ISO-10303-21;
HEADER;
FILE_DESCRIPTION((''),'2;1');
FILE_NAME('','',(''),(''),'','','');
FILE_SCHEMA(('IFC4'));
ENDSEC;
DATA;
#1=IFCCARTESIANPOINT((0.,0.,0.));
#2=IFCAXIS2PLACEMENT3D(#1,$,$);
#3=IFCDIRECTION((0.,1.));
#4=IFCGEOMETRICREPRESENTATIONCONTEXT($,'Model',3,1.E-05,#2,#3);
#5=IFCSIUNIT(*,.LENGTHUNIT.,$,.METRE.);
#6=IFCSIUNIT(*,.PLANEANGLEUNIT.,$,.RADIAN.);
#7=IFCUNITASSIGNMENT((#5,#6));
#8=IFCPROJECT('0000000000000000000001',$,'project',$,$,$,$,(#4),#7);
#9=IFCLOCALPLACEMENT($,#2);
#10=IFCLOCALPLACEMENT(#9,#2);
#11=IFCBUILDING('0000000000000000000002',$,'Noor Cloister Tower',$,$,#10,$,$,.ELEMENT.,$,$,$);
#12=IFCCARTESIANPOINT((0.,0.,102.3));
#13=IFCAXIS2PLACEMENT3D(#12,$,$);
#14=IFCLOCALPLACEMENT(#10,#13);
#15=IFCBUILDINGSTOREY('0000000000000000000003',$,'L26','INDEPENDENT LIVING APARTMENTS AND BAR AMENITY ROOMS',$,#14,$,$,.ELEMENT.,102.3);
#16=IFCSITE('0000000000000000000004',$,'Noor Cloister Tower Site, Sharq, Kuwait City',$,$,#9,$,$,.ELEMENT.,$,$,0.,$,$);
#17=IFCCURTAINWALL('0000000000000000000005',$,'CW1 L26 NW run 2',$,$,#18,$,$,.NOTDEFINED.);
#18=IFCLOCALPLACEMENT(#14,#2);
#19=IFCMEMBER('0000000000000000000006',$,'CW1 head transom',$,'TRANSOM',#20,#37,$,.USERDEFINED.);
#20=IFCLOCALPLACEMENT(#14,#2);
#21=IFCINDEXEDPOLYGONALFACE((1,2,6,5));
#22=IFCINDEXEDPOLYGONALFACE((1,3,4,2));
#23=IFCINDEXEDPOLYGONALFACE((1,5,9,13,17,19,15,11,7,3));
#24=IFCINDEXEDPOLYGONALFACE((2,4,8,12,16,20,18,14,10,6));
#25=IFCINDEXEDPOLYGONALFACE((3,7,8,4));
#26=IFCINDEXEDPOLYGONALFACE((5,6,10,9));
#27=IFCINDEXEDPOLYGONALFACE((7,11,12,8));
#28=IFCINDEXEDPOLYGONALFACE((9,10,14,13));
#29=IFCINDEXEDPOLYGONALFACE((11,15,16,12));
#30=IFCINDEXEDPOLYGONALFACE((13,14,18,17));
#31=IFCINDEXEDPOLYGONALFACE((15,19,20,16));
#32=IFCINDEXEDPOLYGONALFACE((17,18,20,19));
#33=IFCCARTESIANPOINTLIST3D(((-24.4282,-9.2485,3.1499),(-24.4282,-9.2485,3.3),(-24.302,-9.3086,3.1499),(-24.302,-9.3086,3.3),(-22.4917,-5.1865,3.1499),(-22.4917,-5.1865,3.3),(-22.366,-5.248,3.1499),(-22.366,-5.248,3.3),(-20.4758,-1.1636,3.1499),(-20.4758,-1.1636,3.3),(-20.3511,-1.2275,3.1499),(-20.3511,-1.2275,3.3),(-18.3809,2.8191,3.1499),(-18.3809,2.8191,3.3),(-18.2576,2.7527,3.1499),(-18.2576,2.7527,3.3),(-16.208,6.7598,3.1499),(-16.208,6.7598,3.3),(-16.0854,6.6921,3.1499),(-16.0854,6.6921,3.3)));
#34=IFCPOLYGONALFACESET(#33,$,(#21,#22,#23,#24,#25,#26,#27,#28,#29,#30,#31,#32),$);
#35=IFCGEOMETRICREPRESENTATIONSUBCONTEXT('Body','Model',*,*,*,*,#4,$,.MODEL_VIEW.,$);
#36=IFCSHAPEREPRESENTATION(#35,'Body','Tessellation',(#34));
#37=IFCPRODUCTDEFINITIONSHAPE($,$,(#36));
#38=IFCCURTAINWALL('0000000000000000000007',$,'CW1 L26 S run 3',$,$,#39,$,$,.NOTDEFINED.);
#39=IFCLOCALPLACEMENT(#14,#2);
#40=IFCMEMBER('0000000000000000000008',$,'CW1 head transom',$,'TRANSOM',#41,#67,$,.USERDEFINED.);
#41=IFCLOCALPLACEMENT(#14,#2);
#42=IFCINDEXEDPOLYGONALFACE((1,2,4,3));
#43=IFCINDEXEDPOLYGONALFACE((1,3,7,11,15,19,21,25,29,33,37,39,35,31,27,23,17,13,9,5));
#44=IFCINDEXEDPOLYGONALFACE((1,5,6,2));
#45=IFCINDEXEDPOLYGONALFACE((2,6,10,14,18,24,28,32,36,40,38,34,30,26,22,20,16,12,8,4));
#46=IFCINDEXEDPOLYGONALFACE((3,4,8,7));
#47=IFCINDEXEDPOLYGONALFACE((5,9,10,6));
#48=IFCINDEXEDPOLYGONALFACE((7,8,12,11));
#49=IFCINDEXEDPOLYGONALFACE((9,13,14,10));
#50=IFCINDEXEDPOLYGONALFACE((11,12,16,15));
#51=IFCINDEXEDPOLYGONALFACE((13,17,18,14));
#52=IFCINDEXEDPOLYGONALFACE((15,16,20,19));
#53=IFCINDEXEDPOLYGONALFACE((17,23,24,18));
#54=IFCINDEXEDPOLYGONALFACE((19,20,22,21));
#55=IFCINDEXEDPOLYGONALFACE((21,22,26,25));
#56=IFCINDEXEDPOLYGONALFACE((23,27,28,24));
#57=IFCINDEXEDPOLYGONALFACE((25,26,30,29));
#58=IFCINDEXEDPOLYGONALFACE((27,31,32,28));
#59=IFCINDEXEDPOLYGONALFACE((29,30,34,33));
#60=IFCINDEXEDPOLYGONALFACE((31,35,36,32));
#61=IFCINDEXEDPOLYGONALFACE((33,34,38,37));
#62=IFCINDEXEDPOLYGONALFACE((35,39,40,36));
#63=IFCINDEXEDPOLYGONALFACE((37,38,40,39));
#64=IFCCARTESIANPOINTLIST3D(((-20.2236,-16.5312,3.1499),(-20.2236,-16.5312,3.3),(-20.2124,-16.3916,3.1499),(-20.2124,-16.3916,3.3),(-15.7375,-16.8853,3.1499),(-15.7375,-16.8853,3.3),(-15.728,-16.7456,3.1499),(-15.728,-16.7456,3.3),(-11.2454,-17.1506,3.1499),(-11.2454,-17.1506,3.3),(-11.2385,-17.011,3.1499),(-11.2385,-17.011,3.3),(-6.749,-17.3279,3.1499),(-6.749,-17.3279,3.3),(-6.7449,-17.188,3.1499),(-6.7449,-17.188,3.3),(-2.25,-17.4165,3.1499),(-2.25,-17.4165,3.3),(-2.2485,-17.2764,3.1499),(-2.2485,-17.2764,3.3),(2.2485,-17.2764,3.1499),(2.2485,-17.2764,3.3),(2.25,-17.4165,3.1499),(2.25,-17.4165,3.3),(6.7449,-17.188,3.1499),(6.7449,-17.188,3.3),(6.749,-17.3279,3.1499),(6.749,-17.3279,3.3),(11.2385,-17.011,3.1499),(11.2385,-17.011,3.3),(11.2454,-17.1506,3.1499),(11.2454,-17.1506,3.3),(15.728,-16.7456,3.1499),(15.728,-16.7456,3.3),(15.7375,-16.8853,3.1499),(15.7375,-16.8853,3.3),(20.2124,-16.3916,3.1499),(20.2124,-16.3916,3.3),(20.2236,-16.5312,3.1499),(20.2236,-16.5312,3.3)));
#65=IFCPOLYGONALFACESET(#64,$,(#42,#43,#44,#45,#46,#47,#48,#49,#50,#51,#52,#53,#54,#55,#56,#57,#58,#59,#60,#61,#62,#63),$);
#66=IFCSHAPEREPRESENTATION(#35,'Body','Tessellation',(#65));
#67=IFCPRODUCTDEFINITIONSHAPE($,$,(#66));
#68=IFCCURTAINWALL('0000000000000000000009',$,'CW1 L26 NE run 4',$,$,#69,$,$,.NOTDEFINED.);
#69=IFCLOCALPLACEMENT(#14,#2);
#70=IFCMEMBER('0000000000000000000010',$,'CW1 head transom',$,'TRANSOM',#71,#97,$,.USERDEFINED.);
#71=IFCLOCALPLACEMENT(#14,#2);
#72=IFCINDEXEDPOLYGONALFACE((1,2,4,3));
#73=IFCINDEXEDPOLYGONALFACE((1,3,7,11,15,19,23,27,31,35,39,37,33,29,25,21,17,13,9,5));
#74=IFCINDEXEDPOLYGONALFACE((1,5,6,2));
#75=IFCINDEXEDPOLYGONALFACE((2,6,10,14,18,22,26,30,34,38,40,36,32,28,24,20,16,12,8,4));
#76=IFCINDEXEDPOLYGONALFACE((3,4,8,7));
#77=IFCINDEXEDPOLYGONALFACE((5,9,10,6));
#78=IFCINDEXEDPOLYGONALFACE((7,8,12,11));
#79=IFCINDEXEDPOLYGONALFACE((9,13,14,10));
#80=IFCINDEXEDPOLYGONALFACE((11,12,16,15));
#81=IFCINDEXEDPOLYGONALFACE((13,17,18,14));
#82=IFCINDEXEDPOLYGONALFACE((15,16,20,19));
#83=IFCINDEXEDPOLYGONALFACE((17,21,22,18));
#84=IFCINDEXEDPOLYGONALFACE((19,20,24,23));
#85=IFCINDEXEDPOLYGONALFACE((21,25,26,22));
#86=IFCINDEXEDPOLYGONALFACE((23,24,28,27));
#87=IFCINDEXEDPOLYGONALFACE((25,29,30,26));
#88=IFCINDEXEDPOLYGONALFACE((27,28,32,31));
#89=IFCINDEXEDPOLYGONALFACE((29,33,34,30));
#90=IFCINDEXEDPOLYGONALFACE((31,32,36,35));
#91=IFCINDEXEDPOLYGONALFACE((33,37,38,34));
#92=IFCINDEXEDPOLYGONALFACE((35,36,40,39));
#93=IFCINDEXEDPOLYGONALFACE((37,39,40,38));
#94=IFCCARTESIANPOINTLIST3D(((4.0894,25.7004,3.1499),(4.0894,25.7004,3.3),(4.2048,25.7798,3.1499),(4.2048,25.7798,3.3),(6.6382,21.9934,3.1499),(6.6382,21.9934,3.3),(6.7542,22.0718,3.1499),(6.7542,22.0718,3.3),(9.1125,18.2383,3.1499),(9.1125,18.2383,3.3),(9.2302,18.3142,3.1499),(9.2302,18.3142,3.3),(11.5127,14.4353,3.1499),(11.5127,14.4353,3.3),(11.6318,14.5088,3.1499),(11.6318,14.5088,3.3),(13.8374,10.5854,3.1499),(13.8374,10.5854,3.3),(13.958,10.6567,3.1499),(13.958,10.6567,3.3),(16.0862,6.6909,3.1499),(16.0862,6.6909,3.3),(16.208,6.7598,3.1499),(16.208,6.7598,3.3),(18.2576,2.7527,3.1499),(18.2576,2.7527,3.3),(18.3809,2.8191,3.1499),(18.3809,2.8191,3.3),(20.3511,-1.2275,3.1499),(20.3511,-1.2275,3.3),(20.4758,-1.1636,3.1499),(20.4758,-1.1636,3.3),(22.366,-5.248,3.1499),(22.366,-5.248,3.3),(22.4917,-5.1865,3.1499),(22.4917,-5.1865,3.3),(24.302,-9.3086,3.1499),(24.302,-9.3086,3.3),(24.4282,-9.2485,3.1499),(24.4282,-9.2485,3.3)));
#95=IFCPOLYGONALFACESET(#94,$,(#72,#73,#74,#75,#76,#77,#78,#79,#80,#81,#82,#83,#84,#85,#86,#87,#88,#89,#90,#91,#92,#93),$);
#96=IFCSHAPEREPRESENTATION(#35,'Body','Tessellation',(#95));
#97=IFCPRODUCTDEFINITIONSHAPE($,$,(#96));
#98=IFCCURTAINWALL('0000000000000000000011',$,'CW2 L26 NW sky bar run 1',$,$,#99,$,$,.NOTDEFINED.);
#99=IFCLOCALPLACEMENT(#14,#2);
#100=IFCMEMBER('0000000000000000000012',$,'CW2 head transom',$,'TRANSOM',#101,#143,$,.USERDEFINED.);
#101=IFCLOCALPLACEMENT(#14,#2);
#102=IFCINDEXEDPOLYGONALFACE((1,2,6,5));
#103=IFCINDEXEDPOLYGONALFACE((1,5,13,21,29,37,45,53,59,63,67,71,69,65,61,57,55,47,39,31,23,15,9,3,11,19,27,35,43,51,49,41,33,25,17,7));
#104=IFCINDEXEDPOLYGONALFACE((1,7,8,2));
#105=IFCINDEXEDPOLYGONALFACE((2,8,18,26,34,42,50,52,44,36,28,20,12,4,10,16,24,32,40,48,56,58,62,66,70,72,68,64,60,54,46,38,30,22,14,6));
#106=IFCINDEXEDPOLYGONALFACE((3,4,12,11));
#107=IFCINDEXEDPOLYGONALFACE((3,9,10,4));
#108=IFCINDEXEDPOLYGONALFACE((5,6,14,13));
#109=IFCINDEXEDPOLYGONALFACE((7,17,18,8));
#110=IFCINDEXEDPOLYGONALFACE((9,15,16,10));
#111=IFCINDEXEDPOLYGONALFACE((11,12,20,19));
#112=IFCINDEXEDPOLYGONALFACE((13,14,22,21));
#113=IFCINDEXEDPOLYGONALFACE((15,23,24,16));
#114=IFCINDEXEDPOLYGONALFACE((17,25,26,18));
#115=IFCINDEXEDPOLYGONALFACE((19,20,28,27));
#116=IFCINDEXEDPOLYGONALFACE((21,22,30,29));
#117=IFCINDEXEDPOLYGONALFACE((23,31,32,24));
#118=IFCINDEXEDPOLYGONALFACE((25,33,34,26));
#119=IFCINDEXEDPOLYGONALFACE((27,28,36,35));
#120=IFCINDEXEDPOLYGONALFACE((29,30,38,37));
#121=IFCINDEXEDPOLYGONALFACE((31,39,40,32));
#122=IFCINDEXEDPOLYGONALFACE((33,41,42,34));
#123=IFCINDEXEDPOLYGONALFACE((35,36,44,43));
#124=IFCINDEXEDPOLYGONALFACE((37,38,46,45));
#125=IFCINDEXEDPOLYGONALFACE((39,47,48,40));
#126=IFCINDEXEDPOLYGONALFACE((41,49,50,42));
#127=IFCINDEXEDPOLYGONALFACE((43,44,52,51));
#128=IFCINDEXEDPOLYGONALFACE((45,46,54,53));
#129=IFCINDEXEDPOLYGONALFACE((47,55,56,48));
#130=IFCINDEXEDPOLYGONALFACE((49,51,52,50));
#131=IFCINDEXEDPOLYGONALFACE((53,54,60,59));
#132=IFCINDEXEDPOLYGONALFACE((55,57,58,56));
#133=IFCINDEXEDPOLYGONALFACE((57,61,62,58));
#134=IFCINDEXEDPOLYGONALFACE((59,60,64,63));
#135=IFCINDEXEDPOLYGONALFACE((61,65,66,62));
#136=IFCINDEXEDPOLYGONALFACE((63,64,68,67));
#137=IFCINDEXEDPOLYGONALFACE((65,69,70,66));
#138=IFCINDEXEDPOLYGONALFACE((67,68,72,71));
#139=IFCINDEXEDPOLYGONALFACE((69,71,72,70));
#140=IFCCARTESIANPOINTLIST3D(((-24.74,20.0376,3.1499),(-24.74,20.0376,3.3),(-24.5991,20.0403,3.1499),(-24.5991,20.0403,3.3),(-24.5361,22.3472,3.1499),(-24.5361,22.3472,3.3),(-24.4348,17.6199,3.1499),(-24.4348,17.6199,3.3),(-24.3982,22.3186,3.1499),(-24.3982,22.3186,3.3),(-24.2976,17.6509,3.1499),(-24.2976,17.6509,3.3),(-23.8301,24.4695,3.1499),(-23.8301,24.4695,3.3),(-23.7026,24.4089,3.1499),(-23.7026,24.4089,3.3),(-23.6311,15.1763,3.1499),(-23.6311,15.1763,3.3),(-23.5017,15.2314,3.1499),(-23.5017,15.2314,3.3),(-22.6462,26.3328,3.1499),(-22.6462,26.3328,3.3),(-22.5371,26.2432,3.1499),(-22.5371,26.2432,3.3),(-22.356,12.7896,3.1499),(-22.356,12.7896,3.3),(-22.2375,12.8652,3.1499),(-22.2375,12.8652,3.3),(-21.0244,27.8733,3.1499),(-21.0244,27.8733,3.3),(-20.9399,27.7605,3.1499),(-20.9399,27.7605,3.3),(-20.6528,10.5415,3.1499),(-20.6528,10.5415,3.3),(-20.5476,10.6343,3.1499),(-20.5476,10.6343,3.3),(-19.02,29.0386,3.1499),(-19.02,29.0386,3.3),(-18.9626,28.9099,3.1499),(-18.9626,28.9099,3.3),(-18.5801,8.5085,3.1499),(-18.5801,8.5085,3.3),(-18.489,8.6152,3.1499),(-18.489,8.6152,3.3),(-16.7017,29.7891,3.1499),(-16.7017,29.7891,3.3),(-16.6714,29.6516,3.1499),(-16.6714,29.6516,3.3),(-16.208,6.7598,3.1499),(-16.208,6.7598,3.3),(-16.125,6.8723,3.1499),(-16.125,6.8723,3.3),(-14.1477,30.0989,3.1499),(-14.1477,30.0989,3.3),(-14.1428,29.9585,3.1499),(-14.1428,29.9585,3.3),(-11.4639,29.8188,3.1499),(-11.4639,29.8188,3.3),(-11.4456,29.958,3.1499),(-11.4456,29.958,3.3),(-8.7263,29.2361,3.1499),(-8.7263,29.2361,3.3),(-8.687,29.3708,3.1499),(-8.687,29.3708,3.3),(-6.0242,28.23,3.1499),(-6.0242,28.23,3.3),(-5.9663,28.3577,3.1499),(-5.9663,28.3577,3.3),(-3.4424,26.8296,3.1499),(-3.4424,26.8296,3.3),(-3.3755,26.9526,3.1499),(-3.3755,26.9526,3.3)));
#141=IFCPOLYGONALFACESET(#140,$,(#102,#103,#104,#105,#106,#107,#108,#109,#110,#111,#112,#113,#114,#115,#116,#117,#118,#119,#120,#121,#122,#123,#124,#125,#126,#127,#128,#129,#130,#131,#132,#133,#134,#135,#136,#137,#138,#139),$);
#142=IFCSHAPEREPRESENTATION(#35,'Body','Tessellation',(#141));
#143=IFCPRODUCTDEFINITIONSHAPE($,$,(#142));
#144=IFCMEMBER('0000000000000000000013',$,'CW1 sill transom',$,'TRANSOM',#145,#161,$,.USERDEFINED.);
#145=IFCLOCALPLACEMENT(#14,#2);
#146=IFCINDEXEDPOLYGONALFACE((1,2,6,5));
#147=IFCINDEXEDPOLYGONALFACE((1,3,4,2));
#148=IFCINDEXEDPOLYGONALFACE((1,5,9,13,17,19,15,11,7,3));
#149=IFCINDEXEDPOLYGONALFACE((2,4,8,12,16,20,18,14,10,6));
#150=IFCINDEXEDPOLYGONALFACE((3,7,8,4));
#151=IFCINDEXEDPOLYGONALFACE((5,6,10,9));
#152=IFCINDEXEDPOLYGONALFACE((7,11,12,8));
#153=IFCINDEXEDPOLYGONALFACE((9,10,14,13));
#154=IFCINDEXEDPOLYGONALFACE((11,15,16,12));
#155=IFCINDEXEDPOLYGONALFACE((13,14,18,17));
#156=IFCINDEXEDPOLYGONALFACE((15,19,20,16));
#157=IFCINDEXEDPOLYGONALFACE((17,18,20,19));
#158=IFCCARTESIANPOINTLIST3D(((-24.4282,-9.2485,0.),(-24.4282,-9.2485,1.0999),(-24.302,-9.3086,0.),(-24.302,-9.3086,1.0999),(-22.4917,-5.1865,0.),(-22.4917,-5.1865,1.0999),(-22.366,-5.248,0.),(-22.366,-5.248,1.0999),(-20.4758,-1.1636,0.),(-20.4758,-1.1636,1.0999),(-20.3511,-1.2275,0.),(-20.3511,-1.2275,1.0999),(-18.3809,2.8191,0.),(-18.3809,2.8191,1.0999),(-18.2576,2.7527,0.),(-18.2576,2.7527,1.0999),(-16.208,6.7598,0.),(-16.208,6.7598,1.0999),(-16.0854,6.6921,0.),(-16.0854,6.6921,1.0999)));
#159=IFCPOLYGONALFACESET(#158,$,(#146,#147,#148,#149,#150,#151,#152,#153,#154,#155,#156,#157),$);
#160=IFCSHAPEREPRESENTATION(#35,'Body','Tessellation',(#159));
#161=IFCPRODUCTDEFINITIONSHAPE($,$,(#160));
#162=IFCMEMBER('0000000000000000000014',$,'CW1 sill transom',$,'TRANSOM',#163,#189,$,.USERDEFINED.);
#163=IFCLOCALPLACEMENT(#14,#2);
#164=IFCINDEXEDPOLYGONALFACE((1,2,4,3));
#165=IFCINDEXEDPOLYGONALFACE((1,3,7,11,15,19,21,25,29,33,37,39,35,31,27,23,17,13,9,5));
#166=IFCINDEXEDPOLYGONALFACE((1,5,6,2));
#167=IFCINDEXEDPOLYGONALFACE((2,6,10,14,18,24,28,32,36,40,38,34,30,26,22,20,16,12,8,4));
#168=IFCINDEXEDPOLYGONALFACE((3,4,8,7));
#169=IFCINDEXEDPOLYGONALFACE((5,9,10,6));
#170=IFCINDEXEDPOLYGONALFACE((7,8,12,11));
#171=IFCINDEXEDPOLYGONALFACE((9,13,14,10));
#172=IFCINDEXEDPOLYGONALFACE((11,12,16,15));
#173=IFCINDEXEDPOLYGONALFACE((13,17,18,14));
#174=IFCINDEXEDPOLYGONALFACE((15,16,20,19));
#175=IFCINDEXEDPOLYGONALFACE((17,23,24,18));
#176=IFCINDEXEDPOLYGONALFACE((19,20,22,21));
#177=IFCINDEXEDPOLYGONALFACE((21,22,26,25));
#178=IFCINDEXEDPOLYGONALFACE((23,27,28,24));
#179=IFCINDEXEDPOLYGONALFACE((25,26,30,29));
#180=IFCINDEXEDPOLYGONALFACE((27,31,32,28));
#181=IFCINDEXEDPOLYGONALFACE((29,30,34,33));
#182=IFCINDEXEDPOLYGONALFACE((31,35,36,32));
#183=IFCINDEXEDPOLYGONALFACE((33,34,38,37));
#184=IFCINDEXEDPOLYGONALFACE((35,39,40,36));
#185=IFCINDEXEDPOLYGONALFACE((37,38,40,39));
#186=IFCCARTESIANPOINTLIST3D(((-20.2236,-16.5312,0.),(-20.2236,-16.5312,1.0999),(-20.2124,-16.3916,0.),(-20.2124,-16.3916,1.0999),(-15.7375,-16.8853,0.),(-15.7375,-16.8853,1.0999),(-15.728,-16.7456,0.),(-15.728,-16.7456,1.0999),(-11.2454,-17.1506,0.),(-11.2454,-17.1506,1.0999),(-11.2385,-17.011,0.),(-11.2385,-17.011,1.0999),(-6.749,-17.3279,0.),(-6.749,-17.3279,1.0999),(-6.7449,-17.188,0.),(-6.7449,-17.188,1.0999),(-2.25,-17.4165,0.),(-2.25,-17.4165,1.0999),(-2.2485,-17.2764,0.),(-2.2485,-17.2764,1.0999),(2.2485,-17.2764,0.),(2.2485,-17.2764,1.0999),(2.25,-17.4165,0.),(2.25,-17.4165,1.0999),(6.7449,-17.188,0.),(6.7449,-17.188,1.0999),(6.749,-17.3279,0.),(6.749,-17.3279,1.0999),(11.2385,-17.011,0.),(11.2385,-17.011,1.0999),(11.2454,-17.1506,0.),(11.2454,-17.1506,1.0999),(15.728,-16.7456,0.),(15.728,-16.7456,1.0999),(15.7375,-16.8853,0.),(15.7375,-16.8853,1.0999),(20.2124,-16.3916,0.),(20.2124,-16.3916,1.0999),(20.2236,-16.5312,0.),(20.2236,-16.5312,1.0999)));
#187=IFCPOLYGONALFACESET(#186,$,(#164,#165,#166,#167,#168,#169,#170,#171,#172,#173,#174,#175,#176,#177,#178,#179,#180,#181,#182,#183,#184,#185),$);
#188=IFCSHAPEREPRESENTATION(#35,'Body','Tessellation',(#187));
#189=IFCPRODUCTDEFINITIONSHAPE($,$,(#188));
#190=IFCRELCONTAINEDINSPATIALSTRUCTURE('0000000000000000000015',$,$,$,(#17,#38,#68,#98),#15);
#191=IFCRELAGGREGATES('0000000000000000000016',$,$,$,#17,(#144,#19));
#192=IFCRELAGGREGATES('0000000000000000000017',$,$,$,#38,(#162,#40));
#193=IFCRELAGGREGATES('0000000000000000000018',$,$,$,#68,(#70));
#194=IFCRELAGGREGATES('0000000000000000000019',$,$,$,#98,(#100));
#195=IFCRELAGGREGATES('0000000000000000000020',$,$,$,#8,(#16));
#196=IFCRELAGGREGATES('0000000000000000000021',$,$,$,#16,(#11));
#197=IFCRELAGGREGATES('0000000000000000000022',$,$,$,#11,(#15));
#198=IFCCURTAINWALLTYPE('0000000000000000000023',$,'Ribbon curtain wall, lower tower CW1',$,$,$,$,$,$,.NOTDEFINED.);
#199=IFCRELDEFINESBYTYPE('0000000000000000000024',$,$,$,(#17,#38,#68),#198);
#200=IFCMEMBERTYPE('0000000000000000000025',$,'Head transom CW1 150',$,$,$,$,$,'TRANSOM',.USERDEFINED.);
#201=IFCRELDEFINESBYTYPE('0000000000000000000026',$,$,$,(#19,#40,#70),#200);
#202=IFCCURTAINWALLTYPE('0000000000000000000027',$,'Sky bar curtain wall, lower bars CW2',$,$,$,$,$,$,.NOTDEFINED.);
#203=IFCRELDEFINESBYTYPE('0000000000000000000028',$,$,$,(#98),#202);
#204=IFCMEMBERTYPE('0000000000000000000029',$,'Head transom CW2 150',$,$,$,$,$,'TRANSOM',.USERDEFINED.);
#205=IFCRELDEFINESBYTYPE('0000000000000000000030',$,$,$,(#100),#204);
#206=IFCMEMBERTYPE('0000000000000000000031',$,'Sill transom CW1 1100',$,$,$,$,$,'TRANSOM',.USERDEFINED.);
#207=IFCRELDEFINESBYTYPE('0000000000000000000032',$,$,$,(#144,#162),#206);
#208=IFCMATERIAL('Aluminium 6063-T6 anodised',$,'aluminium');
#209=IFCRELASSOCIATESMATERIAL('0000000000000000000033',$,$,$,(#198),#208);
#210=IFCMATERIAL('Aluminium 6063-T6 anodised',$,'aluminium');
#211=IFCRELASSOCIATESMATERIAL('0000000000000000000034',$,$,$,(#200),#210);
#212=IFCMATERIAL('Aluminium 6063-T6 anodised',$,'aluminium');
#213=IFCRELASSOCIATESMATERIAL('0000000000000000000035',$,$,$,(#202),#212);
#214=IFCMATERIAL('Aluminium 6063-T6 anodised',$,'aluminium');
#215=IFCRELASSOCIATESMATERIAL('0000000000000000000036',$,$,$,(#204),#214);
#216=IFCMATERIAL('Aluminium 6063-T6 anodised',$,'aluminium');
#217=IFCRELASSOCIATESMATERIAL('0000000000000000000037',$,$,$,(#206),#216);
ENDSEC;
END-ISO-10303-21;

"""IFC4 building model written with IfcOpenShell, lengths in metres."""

from ifc_helpers import new_model, si_unit, direction, frame, origin, place, context, subcontext, project, spatial, polyline, outline, extrude, material, type_object, element, aggregate, save


model = new_model("IFC4")

# Units and contexts
model_context = context("Model", 3, precision=1e-05, world=origin(), true_north=direction((0.0, 1.0)))
body_context = subcontext(model_context, "Body", "Model", "MODEL_VIEW")
ifc_project = project(units=[si_unit("LENGTHUNIT", "METRE"), si_unit("PLANEANGLEUNIT", "RADIAN")], contexts=[model_context])

# Site, building, storey
site_placement = place(None, origin())
site = spatial("IfcSite", under=ifc_project, at=site_placement, Name="Noor Cloister Tower Site, Sharq, Kuwait City", CompositionType="ELEMENT", RefElevation=0.0)
building_placement = place(site_placement, origin())
building = spatial("IfcBuilding", under=site, at=building_placement, Name="Noor Cloister Tower", CompositionType="ELEMENT")
storey_placement = place(building_placement, frame((0.0, 0.0, 102.3)))
storey = spatial("IfcBuildingStorey", under=building, at=storey_placement, Name="L26", Description="INDEPENDENT LIVING APARTMENTS AND BAR AMENITY ROOMS", CompositionType="ELEMENT", Elevation=102.3)

# Curtain walls, members
ifc_material_1 = material(Name="Aluminium 6063-T6 anodised", Category="aluminium")
curtain_wall_type_1 = type_object("IfcCurtainWallType", Name="Ribbon curtain wall, lower tower CW1", PredefinedType="NOTDEFINED", material=ifc_material_1)
curtain_wall_1_placement = place(storey_placement, origin())
curtain_wall_1 = element("IfcCurtainWall", 1, at=curtain_wall_1_placement, inside=storey, type_object=curtain_wall_type_1, Name="CW1 L26 NW run 2", PredefinedType="NOTDEFINED")
ifc_material_2 = material(Name="Aluminium 6063-T6 anodised", Category="aluminium")
member_type_1 = type_object("IfcMemberType", Name="Head transom CW1 150", ElementType="TRANSOM", PredefinedType="USERDEFINED", material=ifc_material_2)
member_1_placement = place(storey_placement, frame((0.0, 0.0, 3.1499)))
member_1 = element("IfcMember", 2, at=member_1_placement, type_object=member_type_1, Name="CW1 head transom", ObjectType="TRANSOM", PredefinedType="USERDEFINED", context=body_context, shape_type="SweptSolid", body=[
    extrude(outline(polyline([(-16.208, 6.7598), (-18.3809, 2.8191), (-20.4758, -1.1636), (-22.4917, -5.1865), (-24.4282, -9.2485), (-24.302, -9.3086), (-22.366, -5.248), (-20.3511, -1.2275), (-18.2576, 2.7527), (-16.0854, 6.6921), (-16.208, 6.7598)])), origin(), (0.0, 0.0, 1.0), 0.1501),
])
curtain_wall_2_placement = place(storey_placement, origin())
curtain_wall_2 = element("IfcCurtainWall", 3, at=curtain_wall_2_placement, inside=storey, type_object=curtain_wall_type_1, Name="CW1 L26 S run 3", PredefinedType="NOTDEFINED")
member_2_placement = place(storey_placement, frame((0.0, 0.0, 3.1499)))
member_2 = element("IfcMember", 4, at=member_2_placement, type_object=member_type_1, Name="CW1 head transom", ObjectType="TRANSOM", PredefinedType="USERDEFINED", context=body_context, shape_type="SweptSolid", body=[
    extrude(outline(polyline([(-20.2236, -16.5312), (-15.7375, -16.8853), (-11.2454, -17.1506), (-6.749, -17.3279), (-2.25, -17.4165), (2.25, -17.4165), (6.749, -17.3279), (11.2454, -17.1506), (15.7375, -16.8853), (20.2236, -16.5312), (20.2124, -16.3916), (15.728, -16.7456), (11.2385, -17.011), (6.7449, -17.188), (2.2485, -17.2764), (-2.2485, -17.2764), (-6.7449, -17.188), (-11.2385, -17.011), (-15.728, -16.7456), (-20.2124, -16.3916), (-20.2236, -16.5312)])), origin(), (0.0, 0.0, 1.0), 0.1501),
])
curtain_wall_3_placement = place(storey_placement, origin())
curtain_wall_3 = element("IfcCurtainWall", 5, at=curtain_wall_3_placement, inside=storey, type_object=curtain_wall_type_1, Name="CW1 L26 NE run 4", PredefinedType="NOTDEFINED")
member_3_placement = place(storey_placement, frame((0.0, 0.0, 3.1499)))
member_3 = element("IfcMember", 6, at=member_3_placement, type_object=member_type_1, Name="CW1 head transom", ObjectType="TRANSOM", PredefinedType="USERDEFINED", context=body_context, shape_type="SweptSolid", body=[
    extrude(outline(polyline([(24.4282, -9.2485), (22.4917, -5.1865), (20.4758, -1.1636), (18.3809, 2.8191), (16.208, 6.7598), (13.958, 10.6567), (11.6318, 14.5088), (9.2302, 18.3142), (6.7542, 22.0718), (4.2048, 25.7798), (4.0894, 25.7004), (6.6382, 21.9934), (9.1125, 18.2383), (11.5127, 14.4353), (13.8374, 10.5854), (16.0862, 6.6909), (18.2576, 2.7527), (20.3511, -1.2275), (22.366, -5.248), (24.302, -9.3086), (24.4282, -9.2485)])), origin(), (0.0, 0.0, 1.0), 0.1501),
])
ifc_material_3 = material(Name="Aluminium 6063-T6 anodised", Category="aluminium")
curtain_wall_type_2 = type_object("IfcCurtainWallType", Name="Sky bar curtain wall, lower bars CW2", PredefinedType="NOTDEFINED", material=ifc_material_3)
curtain_wall_4_placement = place(storey_placement, origin())
curtain_wall_4 = element("IfcCurtainWall", 7, at=curtain_wall_4_placement, inside=storey, type_object=curtain_wall_type_2, Name="CW2 L26 NW sky bar run 1", PredefinedType="NOTDEFINED")
ifc_material_4 = material(Name="Aluminium 6063-T6 anodised", Category="aluminium")
member_type_2 = type_object("IfcMemberType", Name="Head transom CW2 150", ElementType="TRANSOM", PredefinedType="USERDEFINED", material=ifc_material_4)
member_4_placement = place(storey_placement, frame((0.0, 0.0, 3.1499)))
member_4 = element("IfcMember", 8, at=member_4_placement, type_object=member_type_2, Name="CW2 head transom", ObjectType="TRANSOM", PredefinedType="USERDEFINED", context=body_context, shape_type="SweptSolid", body=[
    extrude(outline(polyline([(-3.3755, 26.9526), (-5.9663, 28.3577), (-8.687, 29.3708), (-11.4456, 29.958), (-14.1477, 30.0989), (-16.7017, 29.7891), (-19.02, 29.0386), (-21.0244, 27.8733), (-22.6462, 26.3328), (-23.8301, 24.4695), (-24.5361, 22.3472), (-24.74, 20.0376), (-24.4348, 17.6199), (-23.6311, 15.1763), (-22.356, 12.7896), (-20.6528, 10.5415), (-18.5801, 8.5085), (-16.208, 6.7598), (-16.125, 6.8723), (-18.489, 8.6152), (-20.5476, 10.6343), (-22.2375, 12.8652), (-23.5017, 15.2314), (-24.2976, 17.6509), (-24.5991, 20.0403), (-24.3982, 22.3186), (-23.7026, 24.4089), (-22.5371, 26.2432), (-20.9399, 27.7605), (-18.9626, 28.9099), (-16.6714, 29.6516), (-14.1428, 29.9585), (-11.4639, 29.8188), (-8.7263, 29.2361), (-6.0242, 28.23), (-3.4424, 26.8296), (-3.3755, 26.9526)])), origin(), (0.0, 0.0, 1.0), 0.1501),
])

# Members
ifc_material_5 = material(Name="Aluminium 6063-T6 anodised", Category="aluminium")
member_type_3 = type_object("IfcMemberType", Name="Sill transom CW1 1100", ElementType="TRANSOM", PredefinedType="USERDEFINED", material=ifc_material_5)
member_5_placement = place(storey_placement, origin())
member_5 = element("IfcMember", 9, at=member_5_placement, type_object=member_type_3, Name="CW1 sill transom", ObjectType="TRANSOM", PredefinedType="USERDEFINED", context=body_context, shape_type="SweptSolid", body=[
    extrude(outline(polyline([(-16.208, 6.7598), (-18.3809, 2.8191), (-20.4758, -1.1636), (-22.4917, -5.1865), (-24.4282, -9.2485), (-24.302, -9.3086), (-22.366, -5.248), (-20.3511, -1.2275), (-18.2576, 2.7527), (-16.0854, 6.6921), (-16.208, 6.7598)])), origin(), (0.0, 0.0, 1.0), 1.0999),
])
aggregate(curtain_wall_1, [member_5, member_1])
member_6_placement = place(storey_placement, origin())
member_6 = element("IfcMember", 10, at=member_6_placement, type_object=member_type_3, Name="CW1 sill transom", ObjectType="TRANSOM", PredefinedType="USERDEFINED", context=body_context, shape_type="SweptSolid", body=[
    extrude(outline(polyline([(-20.2236, -16.5312), (-15.7375, -16.8853), (-11.2454, -17.1506), (-6.749, -17.3279), (-2.25, -17.4165), (2.25, -17.4165), (6.749, -17.3279), (11.2454, -17.1506), (15.7375, -16.8853), (20.2236, -16.5312), (20.2124, -16.3916), (15.728, -16.7456), (11.2385, -17.011), (6.7449, -17.188), (2.2485, -17.2764), (-2.2485, -17.2764), (-6.7449, -17.188), (-11.2385, -17.011), (-15.728, -16.7456), (-20.2124, -16.3916), (-20.2236, -16.5312)])), origin(), (0.0, 0.0, 1.0), 1.0999),
])
aggregate(curtain_wall_2, [member_6, member_2])
aggregate(curtain_wall_3, [member_3])
aggregate(curtain_wall_4, [member_4])

save(model, "model.ifc")
